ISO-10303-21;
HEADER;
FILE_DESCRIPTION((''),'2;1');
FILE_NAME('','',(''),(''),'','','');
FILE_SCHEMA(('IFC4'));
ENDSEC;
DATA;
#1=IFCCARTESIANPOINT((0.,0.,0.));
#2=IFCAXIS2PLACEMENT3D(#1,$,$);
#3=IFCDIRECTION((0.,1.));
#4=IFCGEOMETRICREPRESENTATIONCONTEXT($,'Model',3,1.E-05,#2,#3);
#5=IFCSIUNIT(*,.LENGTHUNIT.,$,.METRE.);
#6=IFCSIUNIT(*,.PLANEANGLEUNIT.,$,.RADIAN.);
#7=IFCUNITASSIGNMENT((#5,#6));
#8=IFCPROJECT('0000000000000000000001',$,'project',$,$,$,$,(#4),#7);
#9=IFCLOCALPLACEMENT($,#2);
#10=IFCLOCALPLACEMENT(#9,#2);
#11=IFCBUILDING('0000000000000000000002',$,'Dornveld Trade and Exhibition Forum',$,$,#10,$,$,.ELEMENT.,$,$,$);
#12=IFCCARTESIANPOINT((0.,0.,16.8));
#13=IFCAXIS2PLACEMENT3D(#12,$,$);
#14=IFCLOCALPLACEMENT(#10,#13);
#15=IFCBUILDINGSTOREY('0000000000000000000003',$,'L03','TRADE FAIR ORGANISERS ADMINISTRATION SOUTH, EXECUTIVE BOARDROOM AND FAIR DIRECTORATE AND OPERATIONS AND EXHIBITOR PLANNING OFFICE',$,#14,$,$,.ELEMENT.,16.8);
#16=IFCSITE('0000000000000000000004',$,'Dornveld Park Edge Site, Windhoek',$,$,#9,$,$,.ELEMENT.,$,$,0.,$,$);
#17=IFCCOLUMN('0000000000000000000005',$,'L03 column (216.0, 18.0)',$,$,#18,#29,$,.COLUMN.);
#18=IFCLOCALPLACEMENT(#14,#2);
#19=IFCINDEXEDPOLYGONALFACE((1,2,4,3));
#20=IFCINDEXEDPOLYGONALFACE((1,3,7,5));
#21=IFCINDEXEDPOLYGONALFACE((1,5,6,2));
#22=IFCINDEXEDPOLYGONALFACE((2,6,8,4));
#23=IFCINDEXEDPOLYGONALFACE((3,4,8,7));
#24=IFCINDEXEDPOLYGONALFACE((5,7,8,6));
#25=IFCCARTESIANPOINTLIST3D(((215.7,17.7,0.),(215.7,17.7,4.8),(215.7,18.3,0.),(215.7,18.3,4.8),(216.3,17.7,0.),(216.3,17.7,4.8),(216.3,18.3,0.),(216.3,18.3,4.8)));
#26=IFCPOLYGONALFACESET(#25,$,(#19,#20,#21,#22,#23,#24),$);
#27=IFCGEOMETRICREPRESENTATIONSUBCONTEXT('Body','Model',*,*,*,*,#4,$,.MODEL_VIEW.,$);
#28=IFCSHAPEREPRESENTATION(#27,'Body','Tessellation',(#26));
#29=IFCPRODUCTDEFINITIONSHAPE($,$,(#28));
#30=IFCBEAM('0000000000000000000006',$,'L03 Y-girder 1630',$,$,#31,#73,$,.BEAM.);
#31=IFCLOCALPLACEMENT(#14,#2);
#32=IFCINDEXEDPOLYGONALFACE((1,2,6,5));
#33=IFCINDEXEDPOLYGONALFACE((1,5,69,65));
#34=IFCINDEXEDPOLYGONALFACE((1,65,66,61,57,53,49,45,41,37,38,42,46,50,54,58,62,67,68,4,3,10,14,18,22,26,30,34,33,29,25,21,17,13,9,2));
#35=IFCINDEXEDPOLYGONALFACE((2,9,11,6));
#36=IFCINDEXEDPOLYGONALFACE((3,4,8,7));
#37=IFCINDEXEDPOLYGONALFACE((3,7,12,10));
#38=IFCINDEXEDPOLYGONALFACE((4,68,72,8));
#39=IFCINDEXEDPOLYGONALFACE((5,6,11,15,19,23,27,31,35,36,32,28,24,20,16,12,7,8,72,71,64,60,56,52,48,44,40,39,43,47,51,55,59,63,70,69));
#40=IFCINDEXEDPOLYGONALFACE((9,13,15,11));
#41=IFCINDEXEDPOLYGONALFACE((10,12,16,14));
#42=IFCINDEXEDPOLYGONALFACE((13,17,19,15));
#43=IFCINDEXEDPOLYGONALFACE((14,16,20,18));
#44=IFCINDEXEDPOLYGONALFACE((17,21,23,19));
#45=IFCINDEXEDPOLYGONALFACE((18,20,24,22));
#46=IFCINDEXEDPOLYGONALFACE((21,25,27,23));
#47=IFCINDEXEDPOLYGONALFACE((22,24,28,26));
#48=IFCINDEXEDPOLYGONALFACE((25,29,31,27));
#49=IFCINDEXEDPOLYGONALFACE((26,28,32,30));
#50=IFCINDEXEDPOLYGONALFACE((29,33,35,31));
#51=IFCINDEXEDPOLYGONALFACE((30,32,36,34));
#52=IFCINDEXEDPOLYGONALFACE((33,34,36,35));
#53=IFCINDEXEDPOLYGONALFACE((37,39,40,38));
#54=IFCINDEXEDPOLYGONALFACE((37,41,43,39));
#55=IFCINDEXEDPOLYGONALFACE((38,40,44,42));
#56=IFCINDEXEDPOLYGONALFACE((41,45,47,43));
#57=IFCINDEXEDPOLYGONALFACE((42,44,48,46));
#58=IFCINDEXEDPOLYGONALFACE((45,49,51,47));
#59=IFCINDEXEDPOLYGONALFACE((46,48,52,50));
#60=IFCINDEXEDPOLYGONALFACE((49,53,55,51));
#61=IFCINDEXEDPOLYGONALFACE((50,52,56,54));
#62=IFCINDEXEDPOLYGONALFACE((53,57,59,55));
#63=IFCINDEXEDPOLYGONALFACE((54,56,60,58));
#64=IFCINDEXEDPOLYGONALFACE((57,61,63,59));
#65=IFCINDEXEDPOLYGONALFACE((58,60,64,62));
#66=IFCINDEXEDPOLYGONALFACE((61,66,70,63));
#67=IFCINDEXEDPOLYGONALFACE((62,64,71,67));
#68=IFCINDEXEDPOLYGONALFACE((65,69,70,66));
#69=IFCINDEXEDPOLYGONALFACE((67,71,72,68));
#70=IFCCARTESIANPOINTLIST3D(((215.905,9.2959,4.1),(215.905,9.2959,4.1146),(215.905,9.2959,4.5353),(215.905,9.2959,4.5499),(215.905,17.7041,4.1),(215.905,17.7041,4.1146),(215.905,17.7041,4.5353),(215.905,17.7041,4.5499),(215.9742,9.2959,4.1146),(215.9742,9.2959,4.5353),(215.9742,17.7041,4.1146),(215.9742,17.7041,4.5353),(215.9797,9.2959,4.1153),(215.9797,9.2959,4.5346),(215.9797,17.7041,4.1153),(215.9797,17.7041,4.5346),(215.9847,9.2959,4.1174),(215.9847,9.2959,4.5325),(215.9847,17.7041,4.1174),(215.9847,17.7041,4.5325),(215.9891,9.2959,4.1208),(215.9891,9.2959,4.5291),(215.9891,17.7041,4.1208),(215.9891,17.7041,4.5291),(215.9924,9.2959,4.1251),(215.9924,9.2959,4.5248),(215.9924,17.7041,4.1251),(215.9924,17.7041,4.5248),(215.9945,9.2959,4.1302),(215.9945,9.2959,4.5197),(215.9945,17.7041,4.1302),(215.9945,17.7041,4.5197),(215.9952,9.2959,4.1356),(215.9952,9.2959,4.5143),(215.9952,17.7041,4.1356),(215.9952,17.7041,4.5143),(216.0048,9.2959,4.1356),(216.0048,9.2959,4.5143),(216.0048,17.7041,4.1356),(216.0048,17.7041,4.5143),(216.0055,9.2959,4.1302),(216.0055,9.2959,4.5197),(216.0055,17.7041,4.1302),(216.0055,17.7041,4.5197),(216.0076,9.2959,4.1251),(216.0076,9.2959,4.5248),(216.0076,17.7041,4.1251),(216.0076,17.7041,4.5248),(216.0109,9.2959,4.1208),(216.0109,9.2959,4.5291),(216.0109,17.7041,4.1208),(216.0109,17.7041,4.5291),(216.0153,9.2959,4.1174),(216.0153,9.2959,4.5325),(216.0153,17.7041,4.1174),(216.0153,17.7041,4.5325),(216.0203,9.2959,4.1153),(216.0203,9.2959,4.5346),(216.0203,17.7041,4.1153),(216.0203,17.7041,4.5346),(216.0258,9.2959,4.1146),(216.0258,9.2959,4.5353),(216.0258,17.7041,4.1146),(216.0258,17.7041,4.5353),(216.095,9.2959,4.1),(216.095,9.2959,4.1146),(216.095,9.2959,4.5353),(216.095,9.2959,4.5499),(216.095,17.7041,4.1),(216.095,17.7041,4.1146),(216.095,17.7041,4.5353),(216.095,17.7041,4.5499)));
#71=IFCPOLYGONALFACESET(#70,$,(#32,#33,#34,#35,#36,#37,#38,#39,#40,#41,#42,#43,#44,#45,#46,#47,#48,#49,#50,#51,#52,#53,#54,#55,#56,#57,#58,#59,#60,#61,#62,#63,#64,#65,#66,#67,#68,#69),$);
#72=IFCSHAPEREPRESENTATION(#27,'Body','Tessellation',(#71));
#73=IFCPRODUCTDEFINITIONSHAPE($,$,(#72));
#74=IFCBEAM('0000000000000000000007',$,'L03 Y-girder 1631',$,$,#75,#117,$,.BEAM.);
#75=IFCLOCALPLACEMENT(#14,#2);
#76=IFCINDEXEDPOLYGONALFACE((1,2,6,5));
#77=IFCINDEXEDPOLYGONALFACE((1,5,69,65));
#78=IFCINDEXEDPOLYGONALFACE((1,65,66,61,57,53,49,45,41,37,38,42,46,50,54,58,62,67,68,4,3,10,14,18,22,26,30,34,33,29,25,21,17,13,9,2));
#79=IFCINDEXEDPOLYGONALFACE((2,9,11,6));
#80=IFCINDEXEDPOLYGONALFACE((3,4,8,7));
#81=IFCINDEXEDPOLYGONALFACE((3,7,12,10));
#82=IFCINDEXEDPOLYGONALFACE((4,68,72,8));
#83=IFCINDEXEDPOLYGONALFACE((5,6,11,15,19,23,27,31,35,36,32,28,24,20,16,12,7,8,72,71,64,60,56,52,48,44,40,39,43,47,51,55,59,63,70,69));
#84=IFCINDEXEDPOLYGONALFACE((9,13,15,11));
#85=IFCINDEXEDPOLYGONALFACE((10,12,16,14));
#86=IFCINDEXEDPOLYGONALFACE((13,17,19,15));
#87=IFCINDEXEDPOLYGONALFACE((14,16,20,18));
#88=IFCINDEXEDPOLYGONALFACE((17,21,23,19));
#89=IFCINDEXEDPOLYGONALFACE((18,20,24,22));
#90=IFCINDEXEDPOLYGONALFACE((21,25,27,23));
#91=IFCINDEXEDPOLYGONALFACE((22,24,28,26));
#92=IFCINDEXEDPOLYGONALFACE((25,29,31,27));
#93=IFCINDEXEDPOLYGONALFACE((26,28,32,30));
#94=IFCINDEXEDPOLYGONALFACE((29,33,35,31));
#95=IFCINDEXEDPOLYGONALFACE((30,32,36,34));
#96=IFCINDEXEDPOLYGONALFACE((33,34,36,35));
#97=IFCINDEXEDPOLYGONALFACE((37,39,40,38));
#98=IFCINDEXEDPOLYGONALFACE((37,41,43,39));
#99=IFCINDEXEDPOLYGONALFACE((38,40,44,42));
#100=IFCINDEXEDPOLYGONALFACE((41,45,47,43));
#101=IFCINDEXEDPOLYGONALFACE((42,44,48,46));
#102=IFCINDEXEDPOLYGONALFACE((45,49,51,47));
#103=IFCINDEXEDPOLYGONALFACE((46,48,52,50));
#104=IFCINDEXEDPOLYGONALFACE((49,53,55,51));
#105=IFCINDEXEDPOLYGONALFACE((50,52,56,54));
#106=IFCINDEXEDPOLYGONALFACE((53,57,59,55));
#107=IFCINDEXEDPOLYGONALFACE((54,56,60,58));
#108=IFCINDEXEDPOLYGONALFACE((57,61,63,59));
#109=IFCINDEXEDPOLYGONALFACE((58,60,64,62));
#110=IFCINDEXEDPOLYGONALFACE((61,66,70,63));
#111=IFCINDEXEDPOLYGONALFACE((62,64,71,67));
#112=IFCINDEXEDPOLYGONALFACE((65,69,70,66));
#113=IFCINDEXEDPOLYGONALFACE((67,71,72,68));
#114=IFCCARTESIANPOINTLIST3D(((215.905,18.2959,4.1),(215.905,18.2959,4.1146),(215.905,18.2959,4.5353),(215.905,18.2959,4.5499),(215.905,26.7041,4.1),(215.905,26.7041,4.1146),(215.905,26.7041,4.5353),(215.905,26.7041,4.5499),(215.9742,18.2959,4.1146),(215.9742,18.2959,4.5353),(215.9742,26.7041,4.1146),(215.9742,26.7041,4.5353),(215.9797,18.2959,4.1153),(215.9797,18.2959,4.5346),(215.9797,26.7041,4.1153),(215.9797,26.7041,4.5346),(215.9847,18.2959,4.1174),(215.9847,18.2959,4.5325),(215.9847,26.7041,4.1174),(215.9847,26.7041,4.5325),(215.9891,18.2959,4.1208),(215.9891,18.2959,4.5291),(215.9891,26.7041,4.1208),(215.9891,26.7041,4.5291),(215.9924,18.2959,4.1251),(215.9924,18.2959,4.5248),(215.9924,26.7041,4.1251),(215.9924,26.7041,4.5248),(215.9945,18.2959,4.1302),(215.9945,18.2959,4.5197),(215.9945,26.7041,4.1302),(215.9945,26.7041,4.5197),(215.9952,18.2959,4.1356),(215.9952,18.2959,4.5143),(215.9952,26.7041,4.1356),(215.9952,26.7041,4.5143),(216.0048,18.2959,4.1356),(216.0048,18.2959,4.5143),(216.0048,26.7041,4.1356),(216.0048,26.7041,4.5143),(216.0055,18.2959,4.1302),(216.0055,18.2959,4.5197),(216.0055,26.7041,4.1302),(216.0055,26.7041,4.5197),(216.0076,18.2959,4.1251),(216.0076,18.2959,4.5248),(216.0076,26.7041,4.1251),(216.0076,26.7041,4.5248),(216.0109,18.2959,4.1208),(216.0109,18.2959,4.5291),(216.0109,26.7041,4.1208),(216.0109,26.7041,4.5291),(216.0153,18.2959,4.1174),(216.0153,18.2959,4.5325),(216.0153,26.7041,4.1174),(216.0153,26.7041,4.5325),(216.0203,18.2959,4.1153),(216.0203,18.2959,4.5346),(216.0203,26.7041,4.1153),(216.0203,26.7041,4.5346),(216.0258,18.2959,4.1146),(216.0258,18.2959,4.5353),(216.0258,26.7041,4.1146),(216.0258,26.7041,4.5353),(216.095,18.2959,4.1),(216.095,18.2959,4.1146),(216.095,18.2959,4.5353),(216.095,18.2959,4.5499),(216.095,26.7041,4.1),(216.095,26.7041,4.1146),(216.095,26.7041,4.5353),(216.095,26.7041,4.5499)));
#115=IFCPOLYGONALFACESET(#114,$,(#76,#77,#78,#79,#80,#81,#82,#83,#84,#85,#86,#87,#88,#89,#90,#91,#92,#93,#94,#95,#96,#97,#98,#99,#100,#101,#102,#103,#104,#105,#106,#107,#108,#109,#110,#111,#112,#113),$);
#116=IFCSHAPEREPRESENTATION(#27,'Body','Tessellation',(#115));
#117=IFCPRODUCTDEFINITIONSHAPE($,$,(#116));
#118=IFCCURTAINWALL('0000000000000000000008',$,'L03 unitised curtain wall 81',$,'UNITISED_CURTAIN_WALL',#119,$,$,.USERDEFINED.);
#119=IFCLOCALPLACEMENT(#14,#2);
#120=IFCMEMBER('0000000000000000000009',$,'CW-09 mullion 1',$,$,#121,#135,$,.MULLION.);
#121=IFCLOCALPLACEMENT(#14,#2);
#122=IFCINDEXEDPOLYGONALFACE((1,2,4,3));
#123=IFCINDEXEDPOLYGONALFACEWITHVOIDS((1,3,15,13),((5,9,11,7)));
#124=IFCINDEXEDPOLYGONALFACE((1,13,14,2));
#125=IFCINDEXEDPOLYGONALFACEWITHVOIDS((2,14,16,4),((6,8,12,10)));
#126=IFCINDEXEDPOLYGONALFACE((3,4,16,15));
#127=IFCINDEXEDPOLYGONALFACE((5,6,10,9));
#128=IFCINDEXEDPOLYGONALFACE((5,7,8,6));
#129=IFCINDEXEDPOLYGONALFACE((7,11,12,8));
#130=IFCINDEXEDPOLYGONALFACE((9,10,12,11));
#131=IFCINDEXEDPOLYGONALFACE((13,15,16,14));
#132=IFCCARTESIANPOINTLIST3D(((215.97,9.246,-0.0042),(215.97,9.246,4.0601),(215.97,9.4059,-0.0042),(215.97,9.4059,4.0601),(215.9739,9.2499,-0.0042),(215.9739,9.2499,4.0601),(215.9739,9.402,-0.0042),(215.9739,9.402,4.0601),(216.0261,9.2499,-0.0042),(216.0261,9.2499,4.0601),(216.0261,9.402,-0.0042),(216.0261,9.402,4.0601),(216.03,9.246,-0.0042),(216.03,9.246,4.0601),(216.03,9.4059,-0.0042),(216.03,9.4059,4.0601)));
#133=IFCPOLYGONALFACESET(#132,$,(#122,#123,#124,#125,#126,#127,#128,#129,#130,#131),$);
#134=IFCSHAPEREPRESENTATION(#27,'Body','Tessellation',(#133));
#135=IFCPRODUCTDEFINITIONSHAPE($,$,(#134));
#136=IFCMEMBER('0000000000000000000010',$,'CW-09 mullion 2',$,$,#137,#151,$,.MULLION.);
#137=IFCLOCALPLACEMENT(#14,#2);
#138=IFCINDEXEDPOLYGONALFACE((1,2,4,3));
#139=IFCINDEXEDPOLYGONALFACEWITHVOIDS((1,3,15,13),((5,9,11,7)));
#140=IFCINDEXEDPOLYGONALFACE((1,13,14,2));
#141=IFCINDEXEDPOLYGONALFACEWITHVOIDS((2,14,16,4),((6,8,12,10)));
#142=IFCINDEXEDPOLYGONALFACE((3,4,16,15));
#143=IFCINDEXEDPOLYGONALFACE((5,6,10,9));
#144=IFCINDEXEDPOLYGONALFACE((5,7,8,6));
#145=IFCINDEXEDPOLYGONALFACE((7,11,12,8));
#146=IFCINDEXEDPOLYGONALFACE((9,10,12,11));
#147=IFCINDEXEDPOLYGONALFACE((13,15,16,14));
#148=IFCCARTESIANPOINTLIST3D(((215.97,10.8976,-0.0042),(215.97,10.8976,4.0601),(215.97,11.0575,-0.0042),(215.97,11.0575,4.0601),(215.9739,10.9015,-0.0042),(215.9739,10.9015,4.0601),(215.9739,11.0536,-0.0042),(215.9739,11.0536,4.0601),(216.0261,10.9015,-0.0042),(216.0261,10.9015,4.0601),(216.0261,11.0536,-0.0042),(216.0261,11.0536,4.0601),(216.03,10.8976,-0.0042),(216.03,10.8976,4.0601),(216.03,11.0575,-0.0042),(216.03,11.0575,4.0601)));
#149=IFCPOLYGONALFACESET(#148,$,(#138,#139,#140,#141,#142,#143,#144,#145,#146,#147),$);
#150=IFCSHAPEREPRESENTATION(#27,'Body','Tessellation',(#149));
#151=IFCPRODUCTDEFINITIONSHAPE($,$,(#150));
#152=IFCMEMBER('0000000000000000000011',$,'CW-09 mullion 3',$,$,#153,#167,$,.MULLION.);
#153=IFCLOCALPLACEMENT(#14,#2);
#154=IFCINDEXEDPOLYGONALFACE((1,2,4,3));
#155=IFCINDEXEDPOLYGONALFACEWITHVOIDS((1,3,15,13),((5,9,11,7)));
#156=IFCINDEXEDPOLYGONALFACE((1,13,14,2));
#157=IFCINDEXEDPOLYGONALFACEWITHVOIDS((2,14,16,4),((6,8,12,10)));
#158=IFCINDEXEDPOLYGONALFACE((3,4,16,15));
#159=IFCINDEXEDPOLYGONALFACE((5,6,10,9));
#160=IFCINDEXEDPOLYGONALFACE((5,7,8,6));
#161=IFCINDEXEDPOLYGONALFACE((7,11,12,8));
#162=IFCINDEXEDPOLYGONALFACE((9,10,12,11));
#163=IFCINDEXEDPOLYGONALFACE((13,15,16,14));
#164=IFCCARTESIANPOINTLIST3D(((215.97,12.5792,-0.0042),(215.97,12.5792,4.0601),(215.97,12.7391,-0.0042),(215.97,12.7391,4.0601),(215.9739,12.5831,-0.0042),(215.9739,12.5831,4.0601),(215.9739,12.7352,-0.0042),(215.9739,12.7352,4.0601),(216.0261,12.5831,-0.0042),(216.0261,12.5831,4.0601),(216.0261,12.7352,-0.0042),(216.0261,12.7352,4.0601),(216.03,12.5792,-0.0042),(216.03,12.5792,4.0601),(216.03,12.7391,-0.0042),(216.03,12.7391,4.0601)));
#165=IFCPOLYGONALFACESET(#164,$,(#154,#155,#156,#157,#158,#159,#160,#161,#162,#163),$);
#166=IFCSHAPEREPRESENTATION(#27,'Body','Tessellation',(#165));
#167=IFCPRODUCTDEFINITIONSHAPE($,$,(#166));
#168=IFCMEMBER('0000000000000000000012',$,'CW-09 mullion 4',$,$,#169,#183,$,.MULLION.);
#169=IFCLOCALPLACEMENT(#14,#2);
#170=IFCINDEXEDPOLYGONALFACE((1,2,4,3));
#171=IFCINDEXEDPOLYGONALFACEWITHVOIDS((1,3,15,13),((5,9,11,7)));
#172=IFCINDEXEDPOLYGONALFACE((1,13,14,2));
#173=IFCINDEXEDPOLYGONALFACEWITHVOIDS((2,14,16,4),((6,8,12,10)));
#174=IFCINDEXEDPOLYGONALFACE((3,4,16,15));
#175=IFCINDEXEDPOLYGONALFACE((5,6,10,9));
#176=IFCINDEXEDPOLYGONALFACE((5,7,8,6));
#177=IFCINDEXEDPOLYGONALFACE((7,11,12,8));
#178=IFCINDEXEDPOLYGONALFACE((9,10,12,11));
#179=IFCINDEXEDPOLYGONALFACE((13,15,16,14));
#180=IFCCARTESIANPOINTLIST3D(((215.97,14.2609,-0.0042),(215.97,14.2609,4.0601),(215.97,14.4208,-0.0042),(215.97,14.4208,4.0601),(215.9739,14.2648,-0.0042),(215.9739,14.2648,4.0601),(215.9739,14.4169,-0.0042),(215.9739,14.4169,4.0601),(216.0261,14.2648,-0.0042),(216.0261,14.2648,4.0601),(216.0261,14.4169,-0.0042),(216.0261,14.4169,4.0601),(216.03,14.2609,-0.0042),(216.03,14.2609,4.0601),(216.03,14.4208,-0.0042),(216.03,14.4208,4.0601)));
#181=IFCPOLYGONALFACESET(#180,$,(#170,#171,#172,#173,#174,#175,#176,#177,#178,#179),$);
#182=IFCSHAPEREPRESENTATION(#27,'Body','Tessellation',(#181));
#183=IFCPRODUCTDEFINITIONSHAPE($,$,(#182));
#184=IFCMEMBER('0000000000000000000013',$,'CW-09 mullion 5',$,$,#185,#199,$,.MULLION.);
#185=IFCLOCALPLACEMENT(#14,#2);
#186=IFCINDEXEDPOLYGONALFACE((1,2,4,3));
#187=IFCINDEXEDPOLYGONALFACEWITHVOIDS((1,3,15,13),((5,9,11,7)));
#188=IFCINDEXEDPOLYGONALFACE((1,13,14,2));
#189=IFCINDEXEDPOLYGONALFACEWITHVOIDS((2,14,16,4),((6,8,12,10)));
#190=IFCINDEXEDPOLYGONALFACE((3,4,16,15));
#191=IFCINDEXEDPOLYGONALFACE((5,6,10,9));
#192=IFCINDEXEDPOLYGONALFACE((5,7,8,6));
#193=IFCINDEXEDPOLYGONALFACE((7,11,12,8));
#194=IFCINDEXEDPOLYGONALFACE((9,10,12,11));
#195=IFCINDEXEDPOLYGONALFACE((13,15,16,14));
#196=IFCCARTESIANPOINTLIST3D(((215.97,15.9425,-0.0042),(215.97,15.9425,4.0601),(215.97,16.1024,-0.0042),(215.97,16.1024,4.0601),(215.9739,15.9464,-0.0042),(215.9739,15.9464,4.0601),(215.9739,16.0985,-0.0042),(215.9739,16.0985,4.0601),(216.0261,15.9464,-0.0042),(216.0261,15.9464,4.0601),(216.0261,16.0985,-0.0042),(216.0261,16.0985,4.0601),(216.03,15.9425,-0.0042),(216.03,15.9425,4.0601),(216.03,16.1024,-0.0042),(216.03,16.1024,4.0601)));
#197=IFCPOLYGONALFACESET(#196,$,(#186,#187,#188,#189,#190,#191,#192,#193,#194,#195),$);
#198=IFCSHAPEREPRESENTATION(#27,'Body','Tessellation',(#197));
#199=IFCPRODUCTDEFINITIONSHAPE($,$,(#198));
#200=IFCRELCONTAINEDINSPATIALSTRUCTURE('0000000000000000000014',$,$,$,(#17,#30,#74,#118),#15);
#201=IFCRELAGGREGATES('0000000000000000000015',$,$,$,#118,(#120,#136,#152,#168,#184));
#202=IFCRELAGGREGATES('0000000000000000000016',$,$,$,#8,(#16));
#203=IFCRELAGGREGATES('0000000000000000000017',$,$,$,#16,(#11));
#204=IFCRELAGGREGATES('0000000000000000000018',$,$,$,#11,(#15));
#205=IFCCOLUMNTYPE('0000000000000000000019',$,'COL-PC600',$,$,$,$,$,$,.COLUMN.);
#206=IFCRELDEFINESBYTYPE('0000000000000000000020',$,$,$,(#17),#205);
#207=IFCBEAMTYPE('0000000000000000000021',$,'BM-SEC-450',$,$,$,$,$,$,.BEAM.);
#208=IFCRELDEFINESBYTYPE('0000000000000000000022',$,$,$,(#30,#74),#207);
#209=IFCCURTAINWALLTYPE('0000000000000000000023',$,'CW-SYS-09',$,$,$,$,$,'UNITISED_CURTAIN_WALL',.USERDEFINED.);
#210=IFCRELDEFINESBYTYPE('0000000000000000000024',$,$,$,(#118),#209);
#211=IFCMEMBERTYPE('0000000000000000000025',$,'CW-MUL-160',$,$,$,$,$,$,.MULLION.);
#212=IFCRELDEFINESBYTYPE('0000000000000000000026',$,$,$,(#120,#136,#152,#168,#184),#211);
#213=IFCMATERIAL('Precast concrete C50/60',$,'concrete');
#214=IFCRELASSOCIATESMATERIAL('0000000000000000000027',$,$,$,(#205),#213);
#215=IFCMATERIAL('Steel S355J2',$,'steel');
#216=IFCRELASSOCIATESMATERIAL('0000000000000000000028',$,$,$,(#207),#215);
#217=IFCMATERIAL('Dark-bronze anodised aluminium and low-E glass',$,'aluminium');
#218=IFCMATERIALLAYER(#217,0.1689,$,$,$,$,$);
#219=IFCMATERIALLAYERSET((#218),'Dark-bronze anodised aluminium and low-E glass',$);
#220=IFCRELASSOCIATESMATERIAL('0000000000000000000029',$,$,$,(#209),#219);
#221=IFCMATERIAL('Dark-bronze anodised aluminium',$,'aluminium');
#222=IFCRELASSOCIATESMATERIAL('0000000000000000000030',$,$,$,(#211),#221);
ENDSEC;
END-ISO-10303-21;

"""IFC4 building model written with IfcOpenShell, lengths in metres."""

from ifc_helpers import new_model, si_unit, direction, frame, origin, origin_2d, place, context, subcontext, project, spatial, rectangle, hollow_rectangle, i_section, extrude, material, layer, layer_set, material_profile, profile_set, type_object, element, aggregate, save


model = new_model("IFC4")

# Units and contexts
model_context = context("Model", 3, precision=1e-05, world=origin(), true_north=direction((0.0, 1.0)))
body_context = subcontext(model_context, "Body", "Model", "MODEL_VIEW")
ifc_project = project(units=[si_unit("LENGTHUNIT", "METRE"), si_unit("PLANEANGLEUNIT", "RADIAN")], contexts=[model_context])

# Site, building, storey
site_placement = place(None, origin())
site = spatial("IfcSite", under=ifc_project, at=site_placement, Name="Dornveld Park Edge Site, Windhoek", CompositionType="ELEMENT", RefElevation=0.0)
building_placement = place(site_placement, origin())
building = spatial("IfcBuilding", under=site, at=building_placement, Name="Dornveld Trade and Exhibition Forum", CompositionType="ELEMENT")
storey_placement = place(building_placement, frame((0.0, 0.0, 16.8)))
storey = spatial("IfcBuildingStorey", under=building, at=storey_placement, Name="L03", Description="TRADE FAIR ORGANISERS ADMINISTRATION SOUTH, EXECUTIVE BOARDROOM AND FAIR DIRECTORATE AND OPERATIONS AND EXHIBITOR PLANNING OFFICE", CompositionType="ELEMENT", Elevation=16.8)

# Column
ifc_material_1 = material(Name="Precast concrete C50/60", Category="concrete")
ifc_material_profile_1 = material_profile(ifc_material_1, rectangle(XDim=0.6001, YDim=0.6001, at=origin_2d()), Name="PC-COL 600x600")
ifc_profile_set_1 = profile_set([ifc_material_profile_1], Name="Precast concrete C50/60")
column_type = type_object("IfcColumnType", Name="COL-PC600", PredefinedType="COLUMN", material=ifc_profile_set_1)
column_placement = place(storey_placement, frame((216.0, 18.0, 0.0), z_axis=(0.0, 0.0, 1.0), x_axis=(1.0, 0.0, 0.0)))
element("IfcColumn", 1, at=column_placement, inside=storey, type_object=column_type, Name="L03 column (216.0, 18.0)", PredefinedType="COLUMN", context=body_context, shape_type="SweptSolid", body=[
    extrude(rectangle(XDim=0.6001, YDim=0.6001, at=origin_2d()), origin(), (0.0, 0.0, 1.0), 4.8),
])

# Beams
ifc_material_2 = material(Name="Steel S355J2", Category="steel")
ifc_material_profile_2 = material_profile(ifc_material_2, i_section(OverallWidth=0.1899, OverallDepth=0.45, WebThickness=0.0095, FlangeThickness=0.0146, FilletRadius=0.021, at=origin_2d()), Name="IPE 450")
ifc_profile_set_2 = profile_set([ifc_material_profile_2], Name="Steel S355J2")
beam_type = type_object("IfcBeamType", Name="BM-SEC-450", PredefinedType="BEAM", material=ifc_profile_set_2)
for number, where, z_axis, x_axis, name in (
    (2, (216.0, 9.2959, 4.325), (0.0, 1.0, 0.0), (-1.0, 0.0, 0.0), "L03 Y-girder 1630"),
    (3, (216.0, 18.2959, 4.325), (0.0, 1.0, 0.0), (-1.0, 0.0, 0.0), "L03 Y-girder 1631"),
):
    element("IfcBeam", number, at=place(storey_placement, frame(where, z_axis=z_axis, x_axis=x_axis)), inside=storey, type_object=beam_type, Name=name, PredefinedType="BEAM", context=body_context, shape_type="SweptSolid", body=[
        extrude(i_section(OverallWidth=0.1899, OverallDepth=0.45, WebThickness=0.0095, FlangeThickness=0.0146, FilletRadius=0.021, at=origin_2d()), origin(), (0.0, 0.0, 1.0), 8.4082),
    ])

# Curtain wall, members
ifc_material_3 = material(Name="Dark-bronze anodised aluminium and low-E glass", Category="aluminium")
ifc_layer_1 = layer(ifc_material_3, 0.1689)
ifc_layer_set_1 = layer_set([ifc_layer_1], Name="Dark-bronze anodised aluminium and low-E glass")
curtain_wall_type = type_object("IfcCurtainWallType", Name="CW-SYS-09", ElementType="UNITISED_CURTAIN_WALL", PredefinedType="USERDEFINED", material=ifc_layer_set_1)
curtain_wall_placement = place(storey_placement, origin())
curtain_wall = element("IfcCurtainWall", 4, at=curtain_wall_placement, inside=storey, type_object=curtain_wall_type, Name="L03 unitised curtain wall 81", ObjectType="UNITISED_CURTAIN_WALL", PredefinedType="USERDEFINED")
ifc_material_4 = material(Name="Dark-bronze anodised aluminium", Category="aluminium")
ifc_material_profile_3 = material_profile(ifc_material_4, hollow_rectangle(XDim=0.0601, YDim=0.1599, WallThickness=0.0039, at=origin_2d()), Name="RHS 160x60x4")
ifc_profile_set_3 = profile_set([ifc_material_profile_3], Name="Dark-bronze anodised aluminium")
member_type_1 = type_object("IfcMemberType", Name="CW-MUL-160", PredefinedType="MULLION", material=ifc_profile_set_3)
member_1_placement = place(storey_placement, frame((216.0, 9.3259, -0.0042), z_axis=(0.0, 0.0, 1.0), x_axis=(-1.0, 0.0, 0.0)))
member_1 = element("IfcMember", 5, at=member_1_placement, type_object=member_type_1, Name="CW-09 mullion 1", PredefinedType="MULLION", context=body_context, shape_type="SweptSolid", body=[
    extrude(hollow_rectangle(XDim=0.0601, YDim=0.1599, WallThickness=0.0039, at=origin_2d()), origin(), (0.0, 0.0, 1.0), 4.0642),
])
member_2_placement = place(storey_placement, frame((216.0, 10.9775, -0.0042), z_axis=(0.0, 0.0, 1.0), x_axis=(-1.0, 0.0, 0.0)))
member_2 = element("IfcMember", 6, at=member_2_placement, type_object=member_type_1, Name="CW-09 mullion 2", PredefinedType="MULLION", context=body_context, shape_type="SweptSolid", body=[
    extrude(hollow_rectangle(XDim=0.0601, YDim=0.1599, WallThickness=0.0039, at=origin_2d()), origin(), (0.0, 0.0, 1.0), 4.0642),
])
member_3_placement = place(storey_placement, frame((216.0, 12.6592, -0.0042), z_axis=(0.0, 0.0, 1.0), x_axis=(-1.0, 0.0, 0.0)))
member_3 = element("IfcMember", 7, at=member_3_placement, type_object=member_type_1, Name="CW-09 mullion 3", PredefinedType="MULLION", context=body_context, shape_type="SweptSolid", body=[
    extrude(hollow_rectangle(XDim=0.0601, YDim=0.1599, WallThickness=0.0039, at=origin_2d()), origin(), (0.0, 0.0, 1.0), 4.0642),
])
member_4_placement = place(storey_placement, frame((216.0, 14.3408, -0.0042), z_axis=(0.0, 0.0, 1.0), x_axis=(-1.0, 0.0, 0.0)))
member_4 = element("IfcMember", 8, at=member_4_placement, type_object=member_type_1, Name="CW-09 mullion 4", PredefinedType="MULLION", context=body_context, shape_type="SweptSolid", body=[
    extrude(hollow_rectangle(XDim=0.0601, YDim=0.1599, WallThickness=0.0039, at=origin_2d()), origin(), (0.0, 0.0, 1.0), 4.0642),
])
member_5_placement = place(storey_placement, frame((216.0, 16.0225, -0.0042), z_axis=(0.0, 0.0, 1.0), x_axis=(-1.0, 0.0, 0.0)))
member_5 = element("IfcMember", 9, at=member_5_placement, type_object=member_type_1, Name="CW-09 mullion 5", PredefinedType="MULLION", context=body_context, shape_type="SweptSolid", body=[
    extrude(hollow_rectangle(XDim=0.0601, YDim=0.1599, WallThickness=0.0039, at=origin_2d()), origin(), (0.0, 0.0, 1.0), 4.0642),
])
aggregate(curtain_wall, [member_1, member_2, member_3, member_4, member_5])

save(model, "model.ifc")
